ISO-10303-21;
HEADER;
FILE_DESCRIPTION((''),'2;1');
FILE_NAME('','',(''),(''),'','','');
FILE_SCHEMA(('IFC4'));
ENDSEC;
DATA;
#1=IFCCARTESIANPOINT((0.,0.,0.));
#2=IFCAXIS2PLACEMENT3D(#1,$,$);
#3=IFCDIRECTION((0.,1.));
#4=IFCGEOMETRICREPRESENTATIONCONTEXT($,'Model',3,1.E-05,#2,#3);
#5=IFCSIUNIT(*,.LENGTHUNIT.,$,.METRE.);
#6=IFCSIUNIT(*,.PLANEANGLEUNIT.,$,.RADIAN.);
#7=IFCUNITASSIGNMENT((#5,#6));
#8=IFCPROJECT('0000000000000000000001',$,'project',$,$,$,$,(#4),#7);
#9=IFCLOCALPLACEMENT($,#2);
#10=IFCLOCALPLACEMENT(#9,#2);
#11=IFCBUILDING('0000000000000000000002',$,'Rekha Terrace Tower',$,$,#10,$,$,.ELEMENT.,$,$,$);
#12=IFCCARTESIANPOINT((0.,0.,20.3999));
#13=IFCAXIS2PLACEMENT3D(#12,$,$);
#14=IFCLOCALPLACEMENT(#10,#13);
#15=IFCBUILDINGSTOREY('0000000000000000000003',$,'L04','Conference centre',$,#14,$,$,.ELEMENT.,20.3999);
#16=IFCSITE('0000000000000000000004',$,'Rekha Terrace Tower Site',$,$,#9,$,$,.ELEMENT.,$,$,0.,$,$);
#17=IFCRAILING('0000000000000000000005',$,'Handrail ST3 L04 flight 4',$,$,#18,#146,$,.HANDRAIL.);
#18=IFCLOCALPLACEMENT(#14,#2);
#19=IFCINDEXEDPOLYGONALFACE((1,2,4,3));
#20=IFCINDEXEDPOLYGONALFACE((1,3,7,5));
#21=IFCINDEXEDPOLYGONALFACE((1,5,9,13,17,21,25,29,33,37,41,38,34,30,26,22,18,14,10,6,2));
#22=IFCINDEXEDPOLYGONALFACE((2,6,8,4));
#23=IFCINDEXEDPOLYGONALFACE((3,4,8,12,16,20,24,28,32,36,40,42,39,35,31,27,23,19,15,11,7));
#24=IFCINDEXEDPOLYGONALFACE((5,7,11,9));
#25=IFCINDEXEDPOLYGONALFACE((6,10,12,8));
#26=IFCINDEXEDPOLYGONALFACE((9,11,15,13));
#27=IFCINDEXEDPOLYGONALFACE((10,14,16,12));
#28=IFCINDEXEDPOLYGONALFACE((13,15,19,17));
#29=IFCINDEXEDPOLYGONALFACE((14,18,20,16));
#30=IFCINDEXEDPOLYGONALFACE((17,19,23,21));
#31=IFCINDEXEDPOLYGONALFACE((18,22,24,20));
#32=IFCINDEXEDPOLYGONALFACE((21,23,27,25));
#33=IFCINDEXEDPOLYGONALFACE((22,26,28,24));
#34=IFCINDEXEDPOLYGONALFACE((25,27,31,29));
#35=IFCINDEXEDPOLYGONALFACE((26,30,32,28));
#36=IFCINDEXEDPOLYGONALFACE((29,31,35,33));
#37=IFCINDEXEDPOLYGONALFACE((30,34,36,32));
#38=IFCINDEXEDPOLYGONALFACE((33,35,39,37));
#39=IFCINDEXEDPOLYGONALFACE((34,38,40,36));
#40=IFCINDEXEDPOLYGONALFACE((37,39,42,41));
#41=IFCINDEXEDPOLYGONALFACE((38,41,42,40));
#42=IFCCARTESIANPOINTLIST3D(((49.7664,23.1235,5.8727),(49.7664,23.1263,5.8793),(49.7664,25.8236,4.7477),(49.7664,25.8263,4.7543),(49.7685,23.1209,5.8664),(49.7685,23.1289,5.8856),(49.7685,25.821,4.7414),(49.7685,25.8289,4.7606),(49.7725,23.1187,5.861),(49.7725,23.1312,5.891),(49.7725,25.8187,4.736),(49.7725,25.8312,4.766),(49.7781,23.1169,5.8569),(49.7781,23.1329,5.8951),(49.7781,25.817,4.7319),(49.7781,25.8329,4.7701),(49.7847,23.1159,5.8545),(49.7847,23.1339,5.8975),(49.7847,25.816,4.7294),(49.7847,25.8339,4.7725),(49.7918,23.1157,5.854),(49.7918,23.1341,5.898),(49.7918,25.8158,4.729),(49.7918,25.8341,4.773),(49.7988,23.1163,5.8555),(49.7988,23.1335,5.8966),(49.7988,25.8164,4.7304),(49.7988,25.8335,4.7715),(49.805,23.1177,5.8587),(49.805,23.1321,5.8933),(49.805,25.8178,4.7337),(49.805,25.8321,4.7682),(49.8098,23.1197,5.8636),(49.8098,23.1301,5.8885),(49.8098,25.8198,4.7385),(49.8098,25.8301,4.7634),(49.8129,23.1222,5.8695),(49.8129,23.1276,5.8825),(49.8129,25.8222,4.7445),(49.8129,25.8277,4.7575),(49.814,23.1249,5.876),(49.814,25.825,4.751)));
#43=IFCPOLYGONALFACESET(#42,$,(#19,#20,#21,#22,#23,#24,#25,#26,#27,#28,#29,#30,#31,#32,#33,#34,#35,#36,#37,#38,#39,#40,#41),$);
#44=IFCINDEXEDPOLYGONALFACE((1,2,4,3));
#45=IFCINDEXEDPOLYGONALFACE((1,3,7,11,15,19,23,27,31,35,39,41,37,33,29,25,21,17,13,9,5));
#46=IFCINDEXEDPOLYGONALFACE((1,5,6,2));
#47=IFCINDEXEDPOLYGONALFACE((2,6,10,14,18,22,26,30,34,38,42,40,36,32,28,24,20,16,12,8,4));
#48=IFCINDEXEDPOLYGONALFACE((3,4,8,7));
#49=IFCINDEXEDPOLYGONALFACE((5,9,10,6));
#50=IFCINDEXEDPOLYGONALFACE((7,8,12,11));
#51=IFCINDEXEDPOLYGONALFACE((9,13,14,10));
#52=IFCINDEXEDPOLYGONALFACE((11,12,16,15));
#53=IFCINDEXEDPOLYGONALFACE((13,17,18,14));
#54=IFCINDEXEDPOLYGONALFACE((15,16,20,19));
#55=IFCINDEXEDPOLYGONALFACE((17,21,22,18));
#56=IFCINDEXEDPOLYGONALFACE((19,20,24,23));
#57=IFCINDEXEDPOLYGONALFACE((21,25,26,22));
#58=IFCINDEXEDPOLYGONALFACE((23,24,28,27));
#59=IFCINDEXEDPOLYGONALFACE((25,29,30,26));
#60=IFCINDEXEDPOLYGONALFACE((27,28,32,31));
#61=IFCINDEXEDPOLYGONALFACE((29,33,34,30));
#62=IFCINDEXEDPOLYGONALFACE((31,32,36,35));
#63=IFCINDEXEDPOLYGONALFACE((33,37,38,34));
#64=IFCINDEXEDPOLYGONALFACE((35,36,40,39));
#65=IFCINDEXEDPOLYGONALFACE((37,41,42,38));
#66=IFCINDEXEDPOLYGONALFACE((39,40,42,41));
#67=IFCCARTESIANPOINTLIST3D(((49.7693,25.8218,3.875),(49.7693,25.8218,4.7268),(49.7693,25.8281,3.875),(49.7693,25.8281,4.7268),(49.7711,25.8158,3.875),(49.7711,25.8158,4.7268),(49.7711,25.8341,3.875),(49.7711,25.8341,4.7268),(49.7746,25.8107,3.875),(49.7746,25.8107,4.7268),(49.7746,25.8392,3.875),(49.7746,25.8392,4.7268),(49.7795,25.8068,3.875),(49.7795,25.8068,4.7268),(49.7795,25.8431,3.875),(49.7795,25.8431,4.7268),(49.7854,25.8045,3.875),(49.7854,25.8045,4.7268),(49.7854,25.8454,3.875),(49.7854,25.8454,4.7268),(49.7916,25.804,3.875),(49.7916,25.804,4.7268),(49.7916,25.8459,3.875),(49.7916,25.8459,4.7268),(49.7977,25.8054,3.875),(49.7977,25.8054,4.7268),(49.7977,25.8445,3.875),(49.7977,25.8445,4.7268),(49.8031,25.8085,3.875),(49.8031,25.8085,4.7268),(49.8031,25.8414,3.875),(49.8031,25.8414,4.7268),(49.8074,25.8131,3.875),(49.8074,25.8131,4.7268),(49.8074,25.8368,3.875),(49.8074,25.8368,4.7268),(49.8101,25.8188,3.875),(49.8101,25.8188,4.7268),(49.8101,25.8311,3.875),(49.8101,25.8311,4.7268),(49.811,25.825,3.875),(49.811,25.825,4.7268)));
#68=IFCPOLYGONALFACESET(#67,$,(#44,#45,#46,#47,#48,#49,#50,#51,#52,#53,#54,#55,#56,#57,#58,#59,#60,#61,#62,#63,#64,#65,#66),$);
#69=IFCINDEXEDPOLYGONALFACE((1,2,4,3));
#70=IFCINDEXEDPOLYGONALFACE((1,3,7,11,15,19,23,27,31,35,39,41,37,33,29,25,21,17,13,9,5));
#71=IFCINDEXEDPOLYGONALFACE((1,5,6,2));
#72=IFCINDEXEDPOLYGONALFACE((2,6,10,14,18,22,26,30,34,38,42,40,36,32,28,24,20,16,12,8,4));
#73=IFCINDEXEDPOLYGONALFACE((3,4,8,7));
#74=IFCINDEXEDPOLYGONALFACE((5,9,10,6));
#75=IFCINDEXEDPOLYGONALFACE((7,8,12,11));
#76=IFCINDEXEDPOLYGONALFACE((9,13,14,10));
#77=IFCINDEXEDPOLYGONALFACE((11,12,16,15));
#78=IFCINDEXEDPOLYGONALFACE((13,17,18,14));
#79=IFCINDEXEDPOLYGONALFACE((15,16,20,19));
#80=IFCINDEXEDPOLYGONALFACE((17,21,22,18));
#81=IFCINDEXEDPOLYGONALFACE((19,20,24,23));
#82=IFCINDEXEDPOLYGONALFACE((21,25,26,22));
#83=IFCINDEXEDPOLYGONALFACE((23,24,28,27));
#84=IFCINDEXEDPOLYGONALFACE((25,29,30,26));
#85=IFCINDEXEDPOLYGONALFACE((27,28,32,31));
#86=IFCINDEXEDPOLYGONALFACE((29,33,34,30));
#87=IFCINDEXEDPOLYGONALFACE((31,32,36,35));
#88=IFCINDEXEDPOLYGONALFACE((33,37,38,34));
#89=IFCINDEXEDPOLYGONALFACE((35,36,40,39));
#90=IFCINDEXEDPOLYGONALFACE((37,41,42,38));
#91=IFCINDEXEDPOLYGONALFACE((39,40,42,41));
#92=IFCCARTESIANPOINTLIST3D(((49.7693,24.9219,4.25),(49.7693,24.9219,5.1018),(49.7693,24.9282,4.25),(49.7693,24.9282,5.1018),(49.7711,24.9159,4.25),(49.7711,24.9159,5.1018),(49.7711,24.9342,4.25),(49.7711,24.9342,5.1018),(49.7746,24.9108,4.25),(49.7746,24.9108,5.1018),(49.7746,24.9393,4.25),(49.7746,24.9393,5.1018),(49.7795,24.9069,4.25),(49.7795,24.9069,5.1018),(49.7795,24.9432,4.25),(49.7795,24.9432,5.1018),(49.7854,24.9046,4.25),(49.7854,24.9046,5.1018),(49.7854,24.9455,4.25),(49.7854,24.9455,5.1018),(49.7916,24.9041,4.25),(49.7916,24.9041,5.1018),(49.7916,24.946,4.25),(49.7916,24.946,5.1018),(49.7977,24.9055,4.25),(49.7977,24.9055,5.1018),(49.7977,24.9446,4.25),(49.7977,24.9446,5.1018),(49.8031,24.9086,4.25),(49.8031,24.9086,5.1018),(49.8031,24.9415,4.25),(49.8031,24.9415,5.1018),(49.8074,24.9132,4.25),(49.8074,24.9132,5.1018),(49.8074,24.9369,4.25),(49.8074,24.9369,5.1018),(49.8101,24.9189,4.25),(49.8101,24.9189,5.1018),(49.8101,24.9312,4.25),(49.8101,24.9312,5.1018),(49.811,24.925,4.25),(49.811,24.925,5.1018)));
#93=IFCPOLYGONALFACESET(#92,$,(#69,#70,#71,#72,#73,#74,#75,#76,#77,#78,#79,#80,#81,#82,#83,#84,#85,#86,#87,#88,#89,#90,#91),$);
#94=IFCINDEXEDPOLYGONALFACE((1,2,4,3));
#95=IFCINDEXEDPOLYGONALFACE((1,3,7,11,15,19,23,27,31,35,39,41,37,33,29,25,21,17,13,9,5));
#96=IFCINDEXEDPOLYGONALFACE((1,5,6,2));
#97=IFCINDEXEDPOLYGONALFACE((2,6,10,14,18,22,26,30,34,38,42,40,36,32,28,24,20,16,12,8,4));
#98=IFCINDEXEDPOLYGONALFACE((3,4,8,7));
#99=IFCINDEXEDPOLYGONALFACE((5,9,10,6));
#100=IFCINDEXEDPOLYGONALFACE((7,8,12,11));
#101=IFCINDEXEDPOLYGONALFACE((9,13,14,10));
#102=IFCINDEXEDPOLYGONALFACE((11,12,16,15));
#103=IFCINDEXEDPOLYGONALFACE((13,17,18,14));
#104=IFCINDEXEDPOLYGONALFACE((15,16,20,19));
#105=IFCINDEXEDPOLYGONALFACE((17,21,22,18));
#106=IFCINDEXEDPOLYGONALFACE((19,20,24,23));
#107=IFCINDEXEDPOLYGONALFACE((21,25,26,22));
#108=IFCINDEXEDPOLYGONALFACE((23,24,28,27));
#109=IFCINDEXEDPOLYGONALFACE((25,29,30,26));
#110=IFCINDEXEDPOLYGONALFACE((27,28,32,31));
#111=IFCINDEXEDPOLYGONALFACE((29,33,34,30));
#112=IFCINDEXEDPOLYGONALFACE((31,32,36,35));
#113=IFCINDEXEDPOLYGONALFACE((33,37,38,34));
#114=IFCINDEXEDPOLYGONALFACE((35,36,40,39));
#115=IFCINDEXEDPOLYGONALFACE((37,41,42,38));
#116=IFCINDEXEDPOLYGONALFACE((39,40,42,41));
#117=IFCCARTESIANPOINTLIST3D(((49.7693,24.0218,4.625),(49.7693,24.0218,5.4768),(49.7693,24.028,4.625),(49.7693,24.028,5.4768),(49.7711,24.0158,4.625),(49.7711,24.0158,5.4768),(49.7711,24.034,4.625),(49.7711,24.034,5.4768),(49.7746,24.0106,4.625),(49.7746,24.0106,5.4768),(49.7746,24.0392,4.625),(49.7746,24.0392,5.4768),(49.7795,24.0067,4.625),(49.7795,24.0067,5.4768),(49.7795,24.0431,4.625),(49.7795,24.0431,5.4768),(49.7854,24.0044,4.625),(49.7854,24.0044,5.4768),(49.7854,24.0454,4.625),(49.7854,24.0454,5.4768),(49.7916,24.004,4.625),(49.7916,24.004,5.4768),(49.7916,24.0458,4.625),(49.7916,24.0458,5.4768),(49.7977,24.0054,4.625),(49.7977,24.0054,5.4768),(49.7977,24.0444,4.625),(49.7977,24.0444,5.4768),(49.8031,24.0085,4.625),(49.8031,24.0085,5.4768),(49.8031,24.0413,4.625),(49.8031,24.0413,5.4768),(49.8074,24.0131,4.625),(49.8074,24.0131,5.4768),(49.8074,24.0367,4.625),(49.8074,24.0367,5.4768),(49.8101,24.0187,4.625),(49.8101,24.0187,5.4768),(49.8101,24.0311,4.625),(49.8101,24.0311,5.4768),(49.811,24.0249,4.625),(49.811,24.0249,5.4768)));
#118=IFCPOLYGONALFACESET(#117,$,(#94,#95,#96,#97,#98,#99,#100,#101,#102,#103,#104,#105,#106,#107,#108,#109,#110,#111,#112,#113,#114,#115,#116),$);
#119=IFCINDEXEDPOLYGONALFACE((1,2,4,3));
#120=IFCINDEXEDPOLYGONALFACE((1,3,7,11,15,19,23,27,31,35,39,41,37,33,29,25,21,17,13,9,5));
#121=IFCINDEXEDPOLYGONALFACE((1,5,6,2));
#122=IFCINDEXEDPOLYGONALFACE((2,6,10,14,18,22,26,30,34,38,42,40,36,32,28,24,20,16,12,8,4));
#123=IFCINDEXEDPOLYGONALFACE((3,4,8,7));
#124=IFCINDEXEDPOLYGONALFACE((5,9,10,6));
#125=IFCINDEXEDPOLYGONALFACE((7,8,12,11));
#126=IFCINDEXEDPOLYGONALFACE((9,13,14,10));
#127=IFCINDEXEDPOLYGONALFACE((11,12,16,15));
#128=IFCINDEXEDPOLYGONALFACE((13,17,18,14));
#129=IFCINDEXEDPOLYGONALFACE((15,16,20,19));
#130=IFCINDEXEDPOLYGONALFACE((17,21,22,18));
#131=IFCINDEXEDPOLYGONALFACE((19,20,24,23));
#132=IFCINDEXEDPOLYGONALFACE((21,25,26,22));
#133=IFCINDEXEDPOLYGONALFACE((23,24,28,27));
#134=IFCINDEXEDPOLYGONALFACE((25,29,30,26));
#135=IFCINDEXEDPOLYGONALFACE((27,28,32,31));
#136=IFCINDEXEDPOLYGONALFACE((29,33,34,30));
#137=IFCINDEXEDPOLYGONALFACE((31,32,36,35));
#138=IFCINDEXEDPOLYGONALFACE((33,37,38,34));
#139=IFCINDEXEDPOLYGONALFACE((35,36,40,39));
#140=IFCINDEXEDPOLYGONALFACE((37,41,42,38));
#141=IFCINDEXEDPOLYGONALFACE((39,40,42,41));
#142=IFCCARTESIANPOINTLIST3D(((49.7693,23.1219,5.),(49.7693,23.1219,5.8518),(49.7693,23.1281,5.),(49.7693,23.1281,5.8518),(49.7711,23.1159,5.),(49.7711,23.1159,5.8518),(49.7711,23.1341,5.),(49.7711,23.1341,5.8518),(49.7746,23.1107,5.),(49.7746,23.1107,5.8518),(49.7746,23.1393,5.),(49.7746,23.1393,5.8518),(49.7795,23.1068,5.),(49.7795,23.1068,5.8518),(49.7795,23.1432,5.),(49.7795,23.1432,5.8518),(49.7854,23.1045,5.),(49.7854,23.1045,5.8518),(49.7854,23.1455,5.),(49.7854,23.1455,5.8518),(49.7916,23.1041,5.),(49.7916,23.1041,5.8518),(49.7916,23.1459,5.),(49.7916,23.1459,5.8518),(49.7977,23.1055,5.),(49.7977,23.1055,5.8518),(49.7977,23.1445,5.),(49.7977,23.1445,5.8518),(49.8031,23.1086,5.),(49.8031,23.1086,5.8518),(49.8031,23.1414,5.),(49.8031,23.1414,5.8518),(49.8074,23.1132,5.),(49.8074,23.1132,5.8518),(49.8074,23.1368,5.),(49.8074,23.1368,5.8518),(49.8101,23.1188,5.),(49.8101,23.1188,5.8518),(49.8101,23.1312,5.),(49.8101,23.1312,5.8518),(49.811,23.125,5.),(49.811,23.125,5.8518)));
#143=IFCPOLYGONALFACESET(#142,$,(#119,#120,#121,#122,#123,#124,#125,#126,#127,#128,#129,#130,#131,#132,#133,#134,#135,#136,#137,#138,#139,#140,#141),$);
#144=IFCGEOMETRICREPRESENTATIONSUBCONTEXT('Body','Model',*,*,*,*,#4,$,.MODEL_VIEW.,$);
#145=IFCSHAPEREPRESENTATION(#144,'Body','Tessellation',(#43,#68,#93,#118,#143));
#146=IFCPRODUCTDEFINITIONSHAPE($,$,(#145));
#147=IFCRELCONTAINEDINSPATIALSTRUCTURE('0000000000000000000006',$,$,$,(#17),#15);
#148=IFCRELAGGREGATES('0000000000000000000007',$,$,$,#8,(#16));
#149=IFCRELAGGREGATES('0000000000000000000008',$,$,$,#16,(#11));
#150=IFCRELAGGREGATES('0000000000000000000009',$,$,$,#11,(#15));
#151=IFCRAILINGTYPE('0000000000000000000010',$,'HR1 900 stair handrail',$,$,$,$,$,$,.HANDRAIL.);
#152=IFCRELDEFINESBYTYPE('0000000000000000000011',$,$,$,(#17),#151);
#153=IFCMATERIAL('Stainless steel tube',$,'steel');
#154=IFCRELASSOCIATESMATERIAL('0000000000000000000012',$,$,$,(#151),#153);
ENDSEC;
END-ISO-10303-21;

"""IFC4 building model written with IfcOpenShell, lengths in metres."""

from ifc_helpers import new_model, si_unit, direction, frame, origin, origin_2d, place, context, subcontext, project, spatial, circle, extrude, material, type_object, element, save


model = new_model("IFC4")

# Units and contexts
model_context = context("Model", 3, precision=1e-05, world=origin(), true_north=direction((0.0, 1.0)))
body_context = subcontext(model_context, "Body", "Model", "MODEL_VIEW")
ifc_project = project(units=[si_unit("LENGTHUNIT", "METRE"), si_unit("PLANEANGLEUNIT", "RADIAN")], contexts=[model_context])

# Site, building, storey
site_placement = place(None, origin())
site = spatial("IfcSite", under=ifc_project, at=site_placement, Name="Rekha Terrace Tower Site", CompositionType="ELEMENT", RefElevation=0.0)
building_placement = place(site_placement, origin())
building = spatial("IfcBuilding", under=site, at=building_placement, Name="Rekha Terrace Tower", CompositionType="ELEMENT")
storey_placement = place(building_placement, frame((0.0, 0.0, 20.3999)))
storey = spatial("IfcBuildingStorey", under=building, at=storey_placement, Name="L04", Description="Conference centre", CompositionType="ELEMENT", Elevation=20.3999)

# Railing
ifc_material_1 = material(Name="Stainless steel tube", Category="steel")
railing_type_1 = type_object("IfcRailingType", Name="HR1 900 stair handrail", PredefinedType="HANDRAIL", material=ifc_material_1)
railing_1_placement = place(storey_placement, frame((49.79, 25.825, 3.875)))
element("IfcRailing", 1, at=railing_1_placement, inside=storey, type_object=railing_type_1, Name="Handrail ST3 L04 flight 4", PredefinedType="HANDRAIL", context=body_context, shape_type="SweptSolid", body=[
    extrude(circle(Radius=0.0239, at=origin_2d()), frame((0.0, 0.0, 0.876), z_axis=(0.0, -0.923074, 0.384621), x_axis=(1.0, 0.0, 0.0)), (0.0, 0.0, 1.0), 2.925),
    extrude(circle(Radius=0.021, at=origin_2d()), origin(), (0.0, 0.0, 1.0), 0.8518),
    extrude(circle(Radius=0.021, at=origin_2d()), frame((0.0, -0.8999, 0.375)), (0.0, 0.0, 1.0), 0.8518),
    extrude(circle(Radius=0.021, at=origin_2d()), frame((0.0, -1.8, 0.75)), (0.0, 0.0, 1.0), 0.8518),
    extrude(circle(Radius=0.021, at=origin_2d()), frame((0.0, -2.7, 1.125)), (0.0, 0.0, 1.0), 0.8518),
])

save(model, "model.ifc")
